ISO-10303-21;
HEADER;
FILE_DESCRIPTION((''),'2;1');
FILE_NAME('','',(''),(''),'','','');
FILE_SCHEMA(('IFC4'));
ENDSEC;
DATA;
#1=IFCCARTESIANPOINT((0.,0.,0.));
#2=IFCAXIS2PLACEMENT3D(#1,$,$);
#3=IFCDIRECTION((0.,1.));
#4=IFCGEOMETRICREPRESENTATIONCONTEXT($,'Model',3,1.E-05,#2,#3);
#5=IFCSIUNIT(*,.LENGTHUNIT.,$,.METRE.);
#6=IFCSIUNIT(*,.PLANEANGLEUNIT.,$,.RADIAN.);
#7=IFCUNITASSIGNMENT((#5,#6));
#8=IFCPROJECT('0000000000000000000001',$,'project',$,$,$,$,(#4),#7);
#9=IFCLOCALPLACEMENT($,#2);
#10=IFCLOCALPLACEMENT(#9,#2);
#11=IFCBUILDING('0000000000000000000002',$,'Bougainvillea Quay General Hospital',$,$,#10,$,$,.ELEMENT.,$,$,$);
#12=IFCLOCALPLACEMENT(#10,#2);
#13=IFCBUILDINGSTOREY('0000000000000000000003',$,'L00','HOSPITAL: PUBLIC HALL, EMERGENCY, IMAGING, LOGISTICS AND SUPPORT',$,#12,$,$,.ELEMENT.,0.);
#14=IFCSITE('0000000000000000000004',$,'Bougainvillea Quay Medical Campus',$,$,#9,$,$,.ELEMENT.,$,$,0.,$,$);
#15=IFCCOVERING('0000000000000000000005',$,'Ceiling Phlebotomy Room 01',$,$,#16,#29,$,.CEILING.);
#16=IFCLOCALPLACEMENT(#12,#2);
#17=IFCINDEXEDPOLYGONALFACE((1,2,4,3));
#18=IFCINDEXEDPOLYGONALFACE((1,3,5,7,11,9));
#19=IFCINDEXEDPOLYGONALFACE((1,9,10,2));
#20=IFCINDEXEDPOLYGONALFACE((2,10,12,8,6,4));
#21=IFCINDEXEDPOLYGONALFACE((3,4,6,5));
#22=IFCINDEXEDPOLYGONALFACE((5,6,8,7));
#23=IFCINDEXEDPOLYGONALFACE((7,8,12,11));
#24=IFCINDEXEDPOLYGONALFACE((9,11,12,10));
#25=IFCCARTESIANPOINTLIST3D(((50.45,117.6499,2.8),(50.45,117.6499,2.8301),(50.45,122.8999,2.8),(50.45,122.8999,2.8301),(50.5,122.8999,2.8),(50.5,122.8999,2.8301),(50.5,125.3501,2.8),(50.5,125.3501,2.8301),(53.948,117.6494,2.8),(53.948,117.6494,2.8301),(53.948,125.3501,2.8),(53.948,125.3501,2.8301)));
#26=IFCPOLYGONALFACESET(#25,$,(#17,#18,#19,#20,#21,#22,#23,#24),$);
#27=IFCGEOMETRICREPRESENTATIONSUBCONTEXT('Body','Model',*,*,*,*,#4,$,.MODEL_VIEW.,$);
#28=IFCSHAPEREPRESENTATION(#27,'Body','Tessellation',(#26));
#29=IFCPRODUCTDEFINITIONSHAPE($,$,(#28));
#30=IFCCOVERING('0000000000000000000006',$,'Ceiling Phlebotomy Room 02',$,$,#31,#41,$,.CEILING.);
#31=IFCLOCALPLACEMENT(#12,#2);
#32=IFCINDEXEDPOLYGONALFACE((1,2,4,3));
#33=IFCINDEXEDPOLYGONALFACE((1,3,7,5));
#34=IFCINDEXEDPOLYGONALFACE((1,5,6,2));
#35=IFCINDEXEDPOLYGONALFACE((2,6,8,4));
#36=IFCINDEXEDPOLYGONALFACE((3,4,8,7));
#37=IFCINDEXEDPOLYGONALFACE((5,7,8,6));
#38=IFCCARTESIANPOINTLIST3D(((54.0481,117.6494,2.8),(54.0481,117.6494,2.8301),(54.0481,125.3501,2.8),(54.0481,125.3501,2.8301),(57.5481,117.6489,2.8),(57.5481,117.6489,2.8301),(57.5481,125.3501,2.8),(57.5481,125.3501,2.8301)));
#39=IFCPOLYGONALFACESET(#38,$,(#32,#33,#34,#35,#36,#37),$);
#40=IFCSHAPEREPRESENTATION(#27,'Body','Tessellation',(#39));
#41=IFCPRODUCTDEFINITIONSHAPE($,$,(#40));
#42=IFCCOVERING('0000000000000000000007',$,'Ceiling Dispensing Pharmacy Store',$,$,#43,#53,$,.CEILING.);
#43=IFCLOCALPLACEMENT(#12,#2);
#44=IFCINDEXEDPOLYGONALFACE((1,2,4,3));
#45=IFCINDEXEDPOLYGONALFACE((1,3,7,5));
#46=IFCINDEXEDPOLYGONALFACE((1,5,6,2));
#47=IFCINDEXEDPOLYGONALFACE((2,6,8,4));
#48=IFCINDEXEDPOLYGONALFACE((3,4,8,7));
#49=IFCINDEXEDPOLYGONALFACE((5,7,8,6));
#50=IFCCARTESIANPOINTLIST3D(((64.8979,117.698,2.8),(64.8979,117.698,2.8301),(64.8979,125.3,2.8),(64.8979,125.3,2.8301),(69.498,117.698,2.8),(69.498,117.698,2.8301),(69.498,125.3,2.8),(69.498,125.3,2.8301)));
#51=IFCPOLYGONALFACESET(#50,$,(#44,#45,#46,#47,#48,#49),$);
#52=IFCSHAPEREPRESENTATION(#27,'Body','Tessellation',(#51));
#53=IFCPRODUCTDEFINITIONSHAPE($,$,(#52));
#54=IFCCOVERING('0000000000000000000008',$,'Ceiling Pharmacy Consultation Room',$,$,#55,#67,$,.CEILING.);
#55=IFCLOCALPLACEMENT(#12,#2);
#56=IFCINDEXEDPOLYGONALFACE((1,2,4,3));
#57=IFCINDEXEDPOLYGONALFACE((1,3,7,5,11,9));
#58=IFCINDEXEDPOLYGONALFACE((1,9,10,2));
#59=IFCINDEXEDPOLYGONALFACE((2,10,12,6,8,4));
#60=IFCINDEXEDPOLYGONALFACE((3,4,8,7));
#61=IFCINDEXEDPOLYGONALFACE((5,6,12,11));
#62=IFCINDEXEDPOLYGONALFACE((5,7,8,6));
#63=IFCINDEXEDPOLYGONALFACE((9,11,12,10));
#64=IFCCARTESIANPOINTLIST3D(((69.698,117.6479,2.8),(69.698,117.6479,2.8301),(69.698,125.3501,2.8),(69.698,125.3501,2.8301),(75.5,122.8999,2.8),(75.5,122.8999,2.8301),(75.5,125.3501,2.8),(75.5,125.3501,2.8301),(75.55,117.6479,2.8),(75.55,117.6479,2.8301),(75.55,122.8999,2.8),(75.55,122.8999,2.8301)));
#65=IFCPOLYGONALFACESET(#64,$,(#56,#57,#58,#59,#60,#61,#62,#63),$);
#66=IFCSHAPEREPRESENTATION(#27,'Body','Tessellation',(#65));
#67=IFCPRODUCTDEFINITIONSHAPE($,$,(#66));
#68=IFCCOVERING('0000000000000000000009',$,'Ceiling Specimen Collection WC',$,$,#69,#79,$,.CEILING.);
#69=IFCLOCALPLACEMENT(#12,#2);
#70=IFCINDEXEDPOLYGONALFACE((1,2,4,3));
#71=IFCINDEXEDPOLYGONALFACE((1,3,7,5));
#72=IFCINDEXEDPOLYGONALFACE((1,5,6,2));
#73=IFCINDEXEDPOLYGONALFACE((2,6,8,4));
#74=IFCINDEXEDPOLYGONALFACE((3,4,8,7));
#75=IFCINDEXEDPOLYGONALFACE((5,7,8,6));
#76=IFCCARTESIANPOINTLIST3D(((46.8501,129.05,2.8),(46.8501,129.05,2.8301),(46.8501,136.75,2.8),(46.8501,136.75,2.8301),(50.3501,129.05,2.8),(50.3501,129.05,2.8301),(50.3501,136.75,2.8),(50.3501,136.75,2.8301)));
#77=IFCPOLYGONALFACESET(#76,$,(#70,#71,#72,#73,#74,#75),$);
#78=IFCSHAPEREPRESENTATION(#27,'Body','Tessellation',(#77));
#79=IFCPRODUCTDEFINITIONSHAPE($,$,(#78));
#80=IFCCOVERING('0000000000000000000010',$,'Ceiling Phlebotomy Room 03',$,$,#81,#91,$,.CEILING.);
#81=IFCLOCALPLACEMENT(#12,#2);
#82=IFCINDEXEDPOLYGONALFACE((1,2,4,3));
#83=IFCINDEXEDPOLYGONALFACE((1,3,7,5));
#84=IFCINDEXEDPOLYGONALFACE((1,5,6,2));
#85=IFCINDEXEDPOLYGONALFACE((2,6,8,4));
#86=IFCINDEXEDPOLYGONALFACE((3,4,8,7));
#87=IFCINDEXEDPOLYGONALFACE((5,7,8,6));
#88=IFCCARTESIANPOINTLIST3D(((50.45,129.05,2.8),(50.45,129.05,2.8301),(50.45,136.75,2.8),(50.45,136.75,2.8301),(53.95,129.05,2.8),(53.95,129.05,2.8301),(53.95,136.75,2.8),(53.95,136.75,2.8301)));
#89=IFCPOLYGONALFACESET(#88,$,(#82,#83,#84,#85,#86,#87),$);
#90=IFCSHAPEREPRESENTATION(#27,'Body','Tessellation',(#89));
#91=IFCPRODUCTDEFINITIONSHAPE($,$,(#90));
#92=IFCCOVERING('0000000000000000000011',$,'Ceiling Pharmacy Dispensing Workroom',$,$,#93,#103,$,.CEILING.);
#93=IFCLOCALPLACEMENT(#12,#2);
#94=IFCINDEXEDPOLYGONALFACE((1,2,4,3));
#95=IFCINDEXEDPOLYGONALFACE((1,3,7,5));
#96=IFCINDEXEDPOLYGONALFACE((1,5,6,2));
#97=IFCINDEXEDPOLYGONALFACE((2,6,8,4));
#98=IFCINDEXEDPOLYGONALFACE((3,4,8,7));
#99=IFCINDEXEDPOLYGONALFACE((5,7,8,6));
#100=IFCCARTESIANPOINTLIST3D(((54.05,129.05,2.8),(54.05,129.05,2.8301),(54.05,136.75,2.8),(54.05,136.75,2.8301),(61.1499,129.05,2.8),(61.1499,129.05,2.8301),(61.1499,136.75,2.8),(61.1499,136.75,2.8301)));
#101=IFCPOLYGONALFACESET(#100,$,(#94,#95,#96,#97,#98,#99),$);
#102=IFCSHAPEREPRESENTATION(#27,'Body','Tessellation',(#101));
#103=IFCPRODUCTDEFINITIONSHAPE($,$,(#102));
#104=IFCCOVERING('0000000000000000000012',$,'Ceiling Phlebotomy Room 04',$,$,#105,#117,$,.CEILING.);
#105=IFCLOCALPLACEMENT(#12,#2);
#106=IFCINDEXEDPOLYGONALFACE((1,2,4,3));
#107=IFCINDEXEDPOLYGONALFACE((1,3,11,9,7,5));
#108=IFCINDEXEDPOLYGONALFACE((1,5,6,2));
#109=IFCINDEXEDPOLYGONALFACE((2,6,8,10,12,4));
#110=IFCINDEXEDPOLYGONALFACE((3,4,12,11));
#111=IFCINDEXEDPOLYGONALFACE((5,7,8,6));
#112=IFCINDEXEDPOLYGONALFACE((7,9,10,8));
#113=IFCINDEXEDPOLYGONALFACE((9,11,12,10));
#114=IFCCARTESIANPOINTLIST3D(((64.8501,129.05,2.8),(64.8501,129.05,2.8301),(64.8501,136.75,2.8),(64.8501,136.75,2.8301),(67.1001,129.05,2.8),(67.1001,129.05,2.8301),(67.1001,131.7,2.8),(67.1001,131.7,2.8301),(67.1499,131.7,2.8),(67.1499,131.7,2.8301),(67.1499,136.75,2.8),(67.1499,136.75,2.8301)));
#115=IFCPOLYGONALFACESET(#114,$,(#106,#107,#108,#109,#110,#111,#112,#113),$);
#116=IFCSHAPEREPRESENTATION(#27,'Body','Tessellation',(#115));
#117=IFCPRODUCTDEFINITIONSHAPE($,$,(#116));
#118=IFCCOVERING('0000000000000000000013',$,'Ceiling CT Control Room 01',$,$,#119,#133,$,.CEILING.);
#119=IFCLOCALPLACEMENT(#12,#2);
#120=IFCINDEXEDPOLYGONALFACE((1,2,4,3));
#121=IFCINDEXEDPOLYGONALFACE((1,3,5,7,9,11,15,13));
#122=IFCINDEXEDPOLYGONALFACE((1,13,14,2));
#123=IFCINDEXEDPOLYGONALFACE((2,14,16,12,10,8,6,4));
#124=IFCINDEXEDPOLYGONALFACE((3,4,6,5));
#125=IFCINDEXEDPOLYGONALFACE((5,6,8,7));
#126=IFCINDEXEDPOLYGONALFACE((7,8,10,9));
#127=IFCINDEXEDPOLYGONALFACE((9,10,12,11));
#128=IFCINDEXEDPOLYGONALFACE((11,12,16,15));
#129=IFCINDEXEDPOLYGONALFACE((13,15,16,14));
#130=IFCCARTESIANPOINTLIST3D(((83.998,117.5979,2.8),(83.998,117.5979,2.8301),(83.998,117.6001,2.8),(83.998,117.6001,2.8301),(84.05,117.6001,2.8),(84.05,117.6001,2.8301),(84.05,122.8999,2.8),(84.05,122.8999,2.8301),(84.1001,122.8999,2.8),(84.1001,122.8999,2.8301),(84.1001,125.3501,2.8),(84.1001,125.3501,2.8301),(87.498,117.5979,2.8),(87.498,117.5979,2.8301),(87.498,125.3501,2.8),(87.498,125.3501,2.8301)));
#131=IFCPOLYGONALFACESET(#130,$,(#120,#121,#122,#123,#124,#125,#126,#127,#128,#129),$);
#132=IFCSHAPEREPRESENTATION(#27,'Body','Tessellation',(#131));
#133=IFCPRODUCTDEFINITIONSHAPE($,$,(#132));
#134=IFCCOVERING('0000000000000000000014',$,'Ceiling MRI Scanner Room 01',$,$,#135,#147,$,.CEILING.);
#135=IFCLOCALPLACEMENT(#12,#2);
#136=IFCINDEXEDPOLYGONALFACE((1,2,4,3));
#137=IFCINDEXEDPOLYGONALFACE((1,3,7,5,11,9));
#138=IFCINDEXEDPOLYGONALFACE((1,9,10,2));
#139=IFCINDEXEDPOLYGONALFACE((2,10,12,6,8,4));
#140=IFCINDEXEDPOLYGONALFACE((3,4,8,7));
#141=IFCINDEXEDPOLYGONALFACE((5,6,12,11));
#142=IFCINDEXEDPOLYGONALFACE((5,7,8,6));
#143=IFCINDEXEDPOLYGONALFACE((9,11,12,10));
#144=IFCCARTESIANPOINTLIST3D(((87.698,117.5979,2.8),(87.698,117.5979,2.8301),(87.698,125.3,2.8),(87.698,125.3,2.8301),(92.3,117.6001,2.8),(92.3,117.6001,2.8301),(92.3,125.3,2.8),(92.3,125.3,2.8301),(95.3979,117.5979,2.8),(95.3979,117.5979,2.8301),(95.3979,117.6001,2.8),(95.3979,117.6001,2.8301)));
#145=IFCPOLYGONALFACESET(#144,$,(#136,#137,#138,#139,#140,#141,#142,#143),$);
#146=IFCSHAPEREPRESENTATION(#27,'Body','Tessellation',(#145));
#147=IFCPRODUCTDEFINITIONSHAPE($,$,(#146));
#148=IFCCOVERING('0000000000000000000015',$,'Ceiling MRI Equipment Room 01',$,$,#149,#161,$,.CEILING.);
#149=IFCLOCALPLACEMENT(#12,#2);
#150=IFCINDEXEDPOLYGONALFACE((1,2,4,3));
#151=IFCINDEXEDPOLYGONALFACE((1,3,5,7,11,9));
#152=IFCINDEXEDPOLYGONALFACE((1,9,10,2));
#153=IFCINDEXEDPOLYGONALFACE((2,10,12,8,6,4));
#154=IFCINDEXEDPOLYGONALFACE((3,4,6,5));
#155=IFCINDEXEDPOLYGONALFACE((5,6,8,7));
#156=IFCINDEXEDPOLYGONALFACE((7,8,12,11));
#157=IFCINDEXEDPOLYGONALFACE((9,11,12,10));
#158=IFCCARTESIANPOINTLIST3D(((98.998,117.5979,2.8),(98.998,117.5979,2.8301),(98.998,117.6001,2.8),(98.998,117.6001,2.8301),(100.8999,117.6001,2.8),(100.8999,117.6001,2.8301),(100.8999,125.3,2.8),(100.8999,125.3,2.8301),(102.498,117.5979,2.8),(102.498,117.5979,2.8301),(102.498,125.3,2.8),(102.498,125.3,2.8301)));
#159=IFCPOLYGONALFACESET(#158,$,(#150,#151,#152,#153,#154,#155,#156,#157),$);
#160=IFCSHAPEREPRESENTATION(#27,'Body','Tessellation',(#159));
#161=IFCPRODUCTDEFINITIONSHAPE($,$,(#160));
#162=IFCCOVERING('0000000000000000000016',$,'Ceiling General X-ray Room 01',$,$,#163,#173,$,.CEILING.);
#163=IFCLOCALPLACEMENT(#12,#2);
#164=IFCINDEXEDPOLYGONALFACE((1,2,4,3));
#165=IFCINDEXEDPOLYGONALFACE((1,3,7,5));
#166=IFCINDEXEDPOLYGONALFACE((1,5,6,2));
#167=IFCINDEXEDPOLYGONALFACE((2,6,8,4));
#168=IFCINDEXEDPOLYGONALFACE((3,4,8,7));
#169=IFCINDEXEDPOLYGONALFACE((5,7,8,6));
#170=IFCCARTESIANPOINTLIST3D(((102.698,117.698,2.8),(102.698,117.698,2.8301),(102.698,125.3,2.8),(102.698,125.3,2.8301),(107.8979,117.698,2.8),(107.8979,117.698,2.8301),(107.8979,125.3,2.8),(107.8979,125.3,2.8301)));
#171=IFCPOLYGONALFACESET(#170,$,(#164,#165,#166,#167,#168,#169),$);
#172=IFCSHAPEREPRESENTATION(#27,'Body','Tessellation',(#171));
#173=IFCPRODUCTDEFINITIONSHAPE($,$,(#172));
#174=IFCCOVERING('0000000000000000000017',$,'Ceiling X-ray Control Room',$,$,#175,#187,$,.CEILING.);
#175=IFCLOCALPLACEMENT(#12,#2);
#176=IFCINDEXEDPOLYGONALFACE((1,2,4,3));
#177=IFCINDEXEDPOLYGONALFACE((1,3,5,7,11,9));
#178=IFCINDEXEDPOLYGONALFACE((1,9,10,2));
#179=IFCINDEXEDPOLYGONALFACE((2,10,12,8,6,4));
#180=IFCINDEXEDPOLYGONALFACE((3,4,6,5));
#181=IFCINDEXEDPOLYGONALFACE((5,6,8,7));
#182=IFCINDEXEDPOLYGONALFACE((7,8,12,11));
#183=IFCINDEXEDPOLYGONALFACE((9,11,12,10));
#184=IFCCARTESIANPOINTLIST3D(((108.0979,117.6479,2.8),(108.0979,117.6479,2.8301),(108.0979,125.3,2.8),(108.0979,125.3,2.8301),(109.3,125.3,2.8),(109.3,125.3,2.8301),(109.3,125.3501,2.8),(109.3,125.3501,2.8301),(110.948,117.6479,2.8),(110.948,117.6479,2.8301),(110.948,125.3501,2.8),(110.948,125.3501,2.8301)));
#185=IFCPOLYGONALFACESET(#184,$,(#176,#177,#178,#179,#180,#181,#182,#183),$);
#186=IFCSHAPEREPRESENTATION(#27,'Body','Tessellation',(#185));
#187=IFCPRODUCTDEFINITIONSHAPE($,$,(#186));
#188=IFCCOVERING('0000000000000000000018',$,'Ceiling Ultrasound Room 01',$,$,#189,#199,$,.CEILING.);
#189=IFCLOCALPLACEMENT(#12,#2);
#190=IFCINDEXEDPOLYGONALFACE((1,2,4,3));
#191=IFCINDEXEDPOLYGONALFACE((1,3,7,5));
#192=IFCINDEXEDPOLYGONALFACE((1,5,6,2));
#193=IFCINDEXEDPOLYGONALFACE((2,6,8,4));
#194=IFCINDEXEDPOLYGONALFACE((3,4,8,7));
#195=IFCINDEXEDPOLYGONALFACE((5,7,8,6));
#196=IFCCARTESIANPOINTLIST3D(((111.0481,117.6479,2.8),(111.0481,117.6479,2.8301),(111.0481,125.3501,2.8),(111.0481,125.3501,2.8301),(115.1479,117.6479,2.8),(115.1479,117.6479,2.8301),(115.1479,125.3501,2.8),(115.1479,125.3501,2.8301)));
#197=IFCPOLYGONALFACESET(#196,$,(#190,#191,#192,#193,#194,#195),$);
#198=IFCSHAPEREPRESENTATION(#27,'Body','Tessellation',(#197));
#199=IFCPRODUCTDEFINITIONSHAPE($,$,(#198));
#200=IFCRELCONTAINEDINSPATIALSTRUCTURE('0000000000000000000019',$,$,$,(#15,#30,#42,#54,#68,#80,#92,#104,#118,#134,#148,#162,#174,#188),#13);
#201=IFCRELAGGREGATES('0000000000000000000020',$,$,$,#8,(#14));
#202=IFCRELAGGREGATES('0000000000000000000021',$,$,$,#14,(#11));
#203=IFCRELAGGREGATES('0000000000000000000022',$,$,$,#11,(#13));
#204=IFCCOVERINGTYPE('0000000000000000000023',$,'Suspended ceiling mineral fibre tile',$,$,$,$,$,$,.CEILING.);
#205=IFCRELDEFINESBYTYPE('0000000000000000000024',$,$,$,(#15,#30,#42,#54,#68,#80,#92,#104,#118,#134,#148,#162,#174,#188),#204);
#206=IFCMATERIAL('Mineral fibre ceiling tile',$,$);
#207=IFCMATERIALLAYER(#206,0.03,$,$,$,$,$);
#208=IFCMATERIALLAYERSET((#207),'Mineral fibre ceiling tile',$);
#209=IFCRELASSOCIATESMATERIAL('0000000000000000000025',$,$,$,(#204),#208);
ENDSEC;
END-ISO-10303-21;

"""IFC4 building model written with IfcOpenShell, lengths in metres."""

from ifc_helpers import new_model, si_unit, direction, frame, origin, place, context, subcontext, project, spatial, polyline, outline, extrude, material, layer, layer_set, type_object, element, save


model = new_model("IFC4")

# Units and contexts
model_context = context("Model", 3, precision=1e-05, world=origin(), true_north=direction((0.0, 1.0)))
body_context = subcontext(model_context, "Body", "Model", "MODEL_VIEW")
ifc_project = project(units=[si_unit("LENGTHUNIT", "METRE"), si_unit("PLANEANGLEUNIT", "RADIAN")], contexts=[model_context])

# Site, building, storey
site_placement = place(None, origin())
site = spatial("IfcSite", under=ifc_project, at=site_placement, Name="Bougainvillea Quay Medical Campus", CompositionType="ELEMENT", RefElevation=0.0)
building_placement = place(site_placement, origin())
building = spatial("IfcBuilding", under=site, at=building_placement, Name="Bougainvillea Quay General Hospital", CompositionType="ELEMENT")
storey_placement = place(building_placement, origin())
storey = spatial("IfcBuildingStorey", under=building, at=storey_placement, Name="L00", Description="HOSPITAL: PUBLIC HALL, EMERGENCY, IMAGING, LOGISTICS AND SUPPORT", CompositionType="ELEMENT", Elevation=0.0)

# Coverings
ifc_material = material(Name="Mineral fibre ceiling tile")
ifc_layer = layer(ifc_material, 0.03)
ifc_layer_set = layer_set([ifc_layer], Name="Mineral fibre ceiling tile")
covering_type = type_object("IfcCoveringType", Name="Suspended ceiling mineral fibre tile", PredefinedType="CEILING", material=ifc_layer_set)
covering_1_placement = place(storey_placement, frame((0.0, 0.0, 2.8)))
element("IfcCovering", 1, at=covering_1_placement, inside=storey, type_object=covering_type, Name="Ceiling Phlebotomy Room 01", PredefinedType="CEILING", context=body_context, shape_type="SweptSolid", body=[
    extrude(outline(polyline([(50.5, 125.3501), (50.5, 122.8999), (50.45, 122.8999), (50.45, 117.6499), (53.948, 117.6494), (53.948, 125.3501), (50.5, 125.3501)])), origin(), (0.0, 0.0, 1.0), 0.03),
])
covering_2_placement = place(storey_placement, frame((0.0, 0.0, 2.8)))
element("IfcCovering", 2, at=covering_2_placement, inside=storey, type_object=covering_type, Name="Ceiling Phlebotomy Room 02", PredefinedType="CEILING", context=body_context, shape_type="SweptSolid", body=[
    extrude(outline(polyline([(54.0481, 125.3501), (54.0481, 117.6494), (57.5481, 117.6489), (57.5481, 125.3501), (54.0481, 125.3501)])), origin(), (0.0, 0.0, 1.0), 0.03),
])
covering_3_placement = place(storey_placement, frame((0.0, 0.0, 2.8)))
element("IfcCovering", 3, at=covering_3_placement, inside=storey, type_object=covering_type, Name="Ceiling Dispensing Pharmacy Store", PredefinedType="CEILING", context=body_context, shape_type="SweptSolid", body=[
    extrude(outline(polyline([(64.8979, 125.3), (64.8979, 117.698), (69.498, 117.698), (69.498, 125.3), (64.8979, 125.3)])), origin(), (0.0, 0.0, 1.0), 0.03),
])
covering_4_placement = place(storey_placement, frame((0.0, 0.0, 2.8)))
element("IfcCovering", 4, at=covering_4_placement, inside=storey, type_object=covering_type, Name="Ceiling Pharmacy Consultation Room", PredefinedType="CEILING", context=body_context, shape_type="SweptSolid", body=[
    extrude(outline(polyline([(75.55, 117.6479), (75.55, 122.8999), (75.5, 122.8999), (75.5, 125.3501), (69.698, 125.3501), (69.698, 117.6479), (75.55, 117.6479)])), origin(), (0.0, 0.0, 1.0), 0.03),
])
covering_5_placement = place(storey_placement, frame((0.0, 0.0, 2.8)))
element("IfcCovering", 5, at=covering_5_placement, inside=storey, type_object=covering_type, Name="Ceiling Specimen Collection WC", PredefinedType="CEILING", context=body_context, shape_type="SweptSolid", body=[
    extrude(outline(polyline([(46.8501, 129.05), (50.3501, 129.05), (50.3501, 136.75), (46.8501, 136.75), (46.8501, 129.05)])), origin(), (0.0, 0.0, 1.0), 0.03),
])
covering_6_placement = place(storey_placement, frame((0.0, 0.0, 2.8)))
element("IfcCovering", 6, at=covering_6_placement, inside=storey, type_object=covering_type, Name="Ceiling Phlebotomy Room 03", PredefinedType="CEILING", context=body_context, shape_type="SweptSolid", body=[
    extrude(outline(polyline([(53.95, 129.05), (53.95, 136.75), (50.45, 136.75), (50.45, 129.05), (53.95, 129.05)])), origin(), (0.0, 0.0, 1.0), 0.03),
])
covering_7_placement = place(storey_placement, frame((0.0, 0.0, 2.8)))
element("IfcCovering", 7, at=covering_7_placement, inside=storey, type_object=covering_type, Name="Ceiling Pharmacy Dispensing Workroom", PredefinedType="CEILING", context=body_context, shape_type="SweptSolid", body=[
    extrude(outline(polyline([(61.1499, 129.05), (61.1499, 136.75), (54.05, 136.75), (54.05, 129.05), (61.1499, 129.05)])), origin(), (0.0, 0.0, 1.0), 0.03),
])
covering_8_placement = place(storey_placement, frame((0.0, 0.0, 2.8)))
element("IfcCovering", 8, at=covering_8_placement, inside=storey, type_object=covering_type, Name="Ceiling Phlebotomy Room 04", PredefinedType="CEILING", context=body_context, shape_type="SweptSolid", body=[
    extrude(outline(polyline([(67.1001, 129.05), (67.1001, 131.7), (67.1499, 131.7), (67.1499, 136.75), (64.8501, 136.75), (64.8501, 129.05), (67.1001, 129.05)])), origin(), (0.0, 0.0, 1.0), 0.03),
])
covering_9_placement = place(storey_placement, frame((0.0, 0.0, 2.8)))
element("IfcCovering", 9, at=covering_9_placement, inside=storey, type_object=covering_type, Name="Ceiling CT Control Room 01", PredefinedType="CEILING", context=body_context, shape_type="SweptSolid", body=[
    extrude(outline(polyline([(83.998, 117.5979), (87.498, 117.5979), (87.498, 125.3501), (84.1001, 125.3501), (84.1001, 122.8999), (84.05, 122.8999), (84.05, 117.6001), (83.998, 117.6001), (83.998, 117.5979)])), origin(), (0.0, 0.0, 1.0), 0.03),
])
covering_10_placement = place(storey_placement, frame((0.0, 0.0, 2.8)))
element("IfcCovering", 10, at=covering_10_placement, inside=storey, type_object=covering_type, Name="Ceiling MRI Scanner Room 01", PredefinedType="CEILING", context=body_context, shape_type="SweptSolid", body=[
    extrude(outline(polyline([(92.3, 125.3), (87.698, 125.3), (87.698, 117.5979), (95.3979, 117.5979), (95.3979, 117.6001), (92.3, 117.6001), (92.3, 125.3)])), origin(), (0.0, 0.0, 1.0), 0.03),
])
covering_11_placement = place(storey_placement, frame((0.0, 0.0, 2.8)))
element("IfcCovering", 11, at=covering_11_placement, inside=storey, type_object=covering_type, Name="Ceiling MRI Equipment Room 01", PredefinedType="CEILING", context=body_context, shape_type="SweptSolid", body=[
    extrude(outline(polyline([(98.998, 117.5979), (102.498, 117.5979), (102.498, 125.3), (100.8999, 125.3), (100.8999, 117.6001), (98.998, 117.6001), (98.998, 117.5979)])), origin(), (0.0, 0.0, 1.0), 0.03),
])
covering_12_placement = place(storey_placement, frame((0.0, 0.0, 2.8)))
element("IfcCovering", 12, at=covering_12_placement, inside=storey, type_object=covering_type, Name="Ceiling General X-ray Room 01", PredefinedType="CEILING", context=body_context, shape_type="SweptSolid", body=[
    extrude(outline(polyline([(102.698, 117.698), (107.8979, 117.698), (107.8979, 125.3), (102.698, 125.3), (102.698, 117.698)])), origin(), (0.0, 0.0, 1.0), 0.03),
])
covering_13_placement = place(storey_placement, frame((0.0, 0.0, 2.8)))
element("IfcCovering", 13, at=covering_13_placement, inside=storey, type_object=covering_type, Name="Ceiling X-ray Control Room", PredefinedType="CEILING", context=body_context, shape_type="SweptSolid", body=[
    extrude(outline(polyline([(109.3, 125.3), (108.0979, 125.3), (108.0979, 117.6479), (110.948, 117.6479), (110.948, 125.3501), (109.3, 125.3501), (109.3, 125.3)])), origin(), (0.0, 0.0, 1.0), 0.03),
])
covering_14_placement = place(storey_placement, frame((0.0, 0.0, 2.8)))
element("IfcCovering", 14, at=covering_14_placement, inside=storey, type_object=covering_type, Name="Ceiling Ultrasound Room 01", PredefinedType="CEILING", context=body_context, shape_type="SweptSolid", body=[
    extrude(outline(polyline([(111.0481, 117.6479), (115.1479, 117.6479), (115.1479, 125.3501), (111.0481, 125.3501), (111.0481, 117.6479)])), origin(), (0.0, 0.0, 1.0), 0.03),
])

save(model, "model.ifc")
